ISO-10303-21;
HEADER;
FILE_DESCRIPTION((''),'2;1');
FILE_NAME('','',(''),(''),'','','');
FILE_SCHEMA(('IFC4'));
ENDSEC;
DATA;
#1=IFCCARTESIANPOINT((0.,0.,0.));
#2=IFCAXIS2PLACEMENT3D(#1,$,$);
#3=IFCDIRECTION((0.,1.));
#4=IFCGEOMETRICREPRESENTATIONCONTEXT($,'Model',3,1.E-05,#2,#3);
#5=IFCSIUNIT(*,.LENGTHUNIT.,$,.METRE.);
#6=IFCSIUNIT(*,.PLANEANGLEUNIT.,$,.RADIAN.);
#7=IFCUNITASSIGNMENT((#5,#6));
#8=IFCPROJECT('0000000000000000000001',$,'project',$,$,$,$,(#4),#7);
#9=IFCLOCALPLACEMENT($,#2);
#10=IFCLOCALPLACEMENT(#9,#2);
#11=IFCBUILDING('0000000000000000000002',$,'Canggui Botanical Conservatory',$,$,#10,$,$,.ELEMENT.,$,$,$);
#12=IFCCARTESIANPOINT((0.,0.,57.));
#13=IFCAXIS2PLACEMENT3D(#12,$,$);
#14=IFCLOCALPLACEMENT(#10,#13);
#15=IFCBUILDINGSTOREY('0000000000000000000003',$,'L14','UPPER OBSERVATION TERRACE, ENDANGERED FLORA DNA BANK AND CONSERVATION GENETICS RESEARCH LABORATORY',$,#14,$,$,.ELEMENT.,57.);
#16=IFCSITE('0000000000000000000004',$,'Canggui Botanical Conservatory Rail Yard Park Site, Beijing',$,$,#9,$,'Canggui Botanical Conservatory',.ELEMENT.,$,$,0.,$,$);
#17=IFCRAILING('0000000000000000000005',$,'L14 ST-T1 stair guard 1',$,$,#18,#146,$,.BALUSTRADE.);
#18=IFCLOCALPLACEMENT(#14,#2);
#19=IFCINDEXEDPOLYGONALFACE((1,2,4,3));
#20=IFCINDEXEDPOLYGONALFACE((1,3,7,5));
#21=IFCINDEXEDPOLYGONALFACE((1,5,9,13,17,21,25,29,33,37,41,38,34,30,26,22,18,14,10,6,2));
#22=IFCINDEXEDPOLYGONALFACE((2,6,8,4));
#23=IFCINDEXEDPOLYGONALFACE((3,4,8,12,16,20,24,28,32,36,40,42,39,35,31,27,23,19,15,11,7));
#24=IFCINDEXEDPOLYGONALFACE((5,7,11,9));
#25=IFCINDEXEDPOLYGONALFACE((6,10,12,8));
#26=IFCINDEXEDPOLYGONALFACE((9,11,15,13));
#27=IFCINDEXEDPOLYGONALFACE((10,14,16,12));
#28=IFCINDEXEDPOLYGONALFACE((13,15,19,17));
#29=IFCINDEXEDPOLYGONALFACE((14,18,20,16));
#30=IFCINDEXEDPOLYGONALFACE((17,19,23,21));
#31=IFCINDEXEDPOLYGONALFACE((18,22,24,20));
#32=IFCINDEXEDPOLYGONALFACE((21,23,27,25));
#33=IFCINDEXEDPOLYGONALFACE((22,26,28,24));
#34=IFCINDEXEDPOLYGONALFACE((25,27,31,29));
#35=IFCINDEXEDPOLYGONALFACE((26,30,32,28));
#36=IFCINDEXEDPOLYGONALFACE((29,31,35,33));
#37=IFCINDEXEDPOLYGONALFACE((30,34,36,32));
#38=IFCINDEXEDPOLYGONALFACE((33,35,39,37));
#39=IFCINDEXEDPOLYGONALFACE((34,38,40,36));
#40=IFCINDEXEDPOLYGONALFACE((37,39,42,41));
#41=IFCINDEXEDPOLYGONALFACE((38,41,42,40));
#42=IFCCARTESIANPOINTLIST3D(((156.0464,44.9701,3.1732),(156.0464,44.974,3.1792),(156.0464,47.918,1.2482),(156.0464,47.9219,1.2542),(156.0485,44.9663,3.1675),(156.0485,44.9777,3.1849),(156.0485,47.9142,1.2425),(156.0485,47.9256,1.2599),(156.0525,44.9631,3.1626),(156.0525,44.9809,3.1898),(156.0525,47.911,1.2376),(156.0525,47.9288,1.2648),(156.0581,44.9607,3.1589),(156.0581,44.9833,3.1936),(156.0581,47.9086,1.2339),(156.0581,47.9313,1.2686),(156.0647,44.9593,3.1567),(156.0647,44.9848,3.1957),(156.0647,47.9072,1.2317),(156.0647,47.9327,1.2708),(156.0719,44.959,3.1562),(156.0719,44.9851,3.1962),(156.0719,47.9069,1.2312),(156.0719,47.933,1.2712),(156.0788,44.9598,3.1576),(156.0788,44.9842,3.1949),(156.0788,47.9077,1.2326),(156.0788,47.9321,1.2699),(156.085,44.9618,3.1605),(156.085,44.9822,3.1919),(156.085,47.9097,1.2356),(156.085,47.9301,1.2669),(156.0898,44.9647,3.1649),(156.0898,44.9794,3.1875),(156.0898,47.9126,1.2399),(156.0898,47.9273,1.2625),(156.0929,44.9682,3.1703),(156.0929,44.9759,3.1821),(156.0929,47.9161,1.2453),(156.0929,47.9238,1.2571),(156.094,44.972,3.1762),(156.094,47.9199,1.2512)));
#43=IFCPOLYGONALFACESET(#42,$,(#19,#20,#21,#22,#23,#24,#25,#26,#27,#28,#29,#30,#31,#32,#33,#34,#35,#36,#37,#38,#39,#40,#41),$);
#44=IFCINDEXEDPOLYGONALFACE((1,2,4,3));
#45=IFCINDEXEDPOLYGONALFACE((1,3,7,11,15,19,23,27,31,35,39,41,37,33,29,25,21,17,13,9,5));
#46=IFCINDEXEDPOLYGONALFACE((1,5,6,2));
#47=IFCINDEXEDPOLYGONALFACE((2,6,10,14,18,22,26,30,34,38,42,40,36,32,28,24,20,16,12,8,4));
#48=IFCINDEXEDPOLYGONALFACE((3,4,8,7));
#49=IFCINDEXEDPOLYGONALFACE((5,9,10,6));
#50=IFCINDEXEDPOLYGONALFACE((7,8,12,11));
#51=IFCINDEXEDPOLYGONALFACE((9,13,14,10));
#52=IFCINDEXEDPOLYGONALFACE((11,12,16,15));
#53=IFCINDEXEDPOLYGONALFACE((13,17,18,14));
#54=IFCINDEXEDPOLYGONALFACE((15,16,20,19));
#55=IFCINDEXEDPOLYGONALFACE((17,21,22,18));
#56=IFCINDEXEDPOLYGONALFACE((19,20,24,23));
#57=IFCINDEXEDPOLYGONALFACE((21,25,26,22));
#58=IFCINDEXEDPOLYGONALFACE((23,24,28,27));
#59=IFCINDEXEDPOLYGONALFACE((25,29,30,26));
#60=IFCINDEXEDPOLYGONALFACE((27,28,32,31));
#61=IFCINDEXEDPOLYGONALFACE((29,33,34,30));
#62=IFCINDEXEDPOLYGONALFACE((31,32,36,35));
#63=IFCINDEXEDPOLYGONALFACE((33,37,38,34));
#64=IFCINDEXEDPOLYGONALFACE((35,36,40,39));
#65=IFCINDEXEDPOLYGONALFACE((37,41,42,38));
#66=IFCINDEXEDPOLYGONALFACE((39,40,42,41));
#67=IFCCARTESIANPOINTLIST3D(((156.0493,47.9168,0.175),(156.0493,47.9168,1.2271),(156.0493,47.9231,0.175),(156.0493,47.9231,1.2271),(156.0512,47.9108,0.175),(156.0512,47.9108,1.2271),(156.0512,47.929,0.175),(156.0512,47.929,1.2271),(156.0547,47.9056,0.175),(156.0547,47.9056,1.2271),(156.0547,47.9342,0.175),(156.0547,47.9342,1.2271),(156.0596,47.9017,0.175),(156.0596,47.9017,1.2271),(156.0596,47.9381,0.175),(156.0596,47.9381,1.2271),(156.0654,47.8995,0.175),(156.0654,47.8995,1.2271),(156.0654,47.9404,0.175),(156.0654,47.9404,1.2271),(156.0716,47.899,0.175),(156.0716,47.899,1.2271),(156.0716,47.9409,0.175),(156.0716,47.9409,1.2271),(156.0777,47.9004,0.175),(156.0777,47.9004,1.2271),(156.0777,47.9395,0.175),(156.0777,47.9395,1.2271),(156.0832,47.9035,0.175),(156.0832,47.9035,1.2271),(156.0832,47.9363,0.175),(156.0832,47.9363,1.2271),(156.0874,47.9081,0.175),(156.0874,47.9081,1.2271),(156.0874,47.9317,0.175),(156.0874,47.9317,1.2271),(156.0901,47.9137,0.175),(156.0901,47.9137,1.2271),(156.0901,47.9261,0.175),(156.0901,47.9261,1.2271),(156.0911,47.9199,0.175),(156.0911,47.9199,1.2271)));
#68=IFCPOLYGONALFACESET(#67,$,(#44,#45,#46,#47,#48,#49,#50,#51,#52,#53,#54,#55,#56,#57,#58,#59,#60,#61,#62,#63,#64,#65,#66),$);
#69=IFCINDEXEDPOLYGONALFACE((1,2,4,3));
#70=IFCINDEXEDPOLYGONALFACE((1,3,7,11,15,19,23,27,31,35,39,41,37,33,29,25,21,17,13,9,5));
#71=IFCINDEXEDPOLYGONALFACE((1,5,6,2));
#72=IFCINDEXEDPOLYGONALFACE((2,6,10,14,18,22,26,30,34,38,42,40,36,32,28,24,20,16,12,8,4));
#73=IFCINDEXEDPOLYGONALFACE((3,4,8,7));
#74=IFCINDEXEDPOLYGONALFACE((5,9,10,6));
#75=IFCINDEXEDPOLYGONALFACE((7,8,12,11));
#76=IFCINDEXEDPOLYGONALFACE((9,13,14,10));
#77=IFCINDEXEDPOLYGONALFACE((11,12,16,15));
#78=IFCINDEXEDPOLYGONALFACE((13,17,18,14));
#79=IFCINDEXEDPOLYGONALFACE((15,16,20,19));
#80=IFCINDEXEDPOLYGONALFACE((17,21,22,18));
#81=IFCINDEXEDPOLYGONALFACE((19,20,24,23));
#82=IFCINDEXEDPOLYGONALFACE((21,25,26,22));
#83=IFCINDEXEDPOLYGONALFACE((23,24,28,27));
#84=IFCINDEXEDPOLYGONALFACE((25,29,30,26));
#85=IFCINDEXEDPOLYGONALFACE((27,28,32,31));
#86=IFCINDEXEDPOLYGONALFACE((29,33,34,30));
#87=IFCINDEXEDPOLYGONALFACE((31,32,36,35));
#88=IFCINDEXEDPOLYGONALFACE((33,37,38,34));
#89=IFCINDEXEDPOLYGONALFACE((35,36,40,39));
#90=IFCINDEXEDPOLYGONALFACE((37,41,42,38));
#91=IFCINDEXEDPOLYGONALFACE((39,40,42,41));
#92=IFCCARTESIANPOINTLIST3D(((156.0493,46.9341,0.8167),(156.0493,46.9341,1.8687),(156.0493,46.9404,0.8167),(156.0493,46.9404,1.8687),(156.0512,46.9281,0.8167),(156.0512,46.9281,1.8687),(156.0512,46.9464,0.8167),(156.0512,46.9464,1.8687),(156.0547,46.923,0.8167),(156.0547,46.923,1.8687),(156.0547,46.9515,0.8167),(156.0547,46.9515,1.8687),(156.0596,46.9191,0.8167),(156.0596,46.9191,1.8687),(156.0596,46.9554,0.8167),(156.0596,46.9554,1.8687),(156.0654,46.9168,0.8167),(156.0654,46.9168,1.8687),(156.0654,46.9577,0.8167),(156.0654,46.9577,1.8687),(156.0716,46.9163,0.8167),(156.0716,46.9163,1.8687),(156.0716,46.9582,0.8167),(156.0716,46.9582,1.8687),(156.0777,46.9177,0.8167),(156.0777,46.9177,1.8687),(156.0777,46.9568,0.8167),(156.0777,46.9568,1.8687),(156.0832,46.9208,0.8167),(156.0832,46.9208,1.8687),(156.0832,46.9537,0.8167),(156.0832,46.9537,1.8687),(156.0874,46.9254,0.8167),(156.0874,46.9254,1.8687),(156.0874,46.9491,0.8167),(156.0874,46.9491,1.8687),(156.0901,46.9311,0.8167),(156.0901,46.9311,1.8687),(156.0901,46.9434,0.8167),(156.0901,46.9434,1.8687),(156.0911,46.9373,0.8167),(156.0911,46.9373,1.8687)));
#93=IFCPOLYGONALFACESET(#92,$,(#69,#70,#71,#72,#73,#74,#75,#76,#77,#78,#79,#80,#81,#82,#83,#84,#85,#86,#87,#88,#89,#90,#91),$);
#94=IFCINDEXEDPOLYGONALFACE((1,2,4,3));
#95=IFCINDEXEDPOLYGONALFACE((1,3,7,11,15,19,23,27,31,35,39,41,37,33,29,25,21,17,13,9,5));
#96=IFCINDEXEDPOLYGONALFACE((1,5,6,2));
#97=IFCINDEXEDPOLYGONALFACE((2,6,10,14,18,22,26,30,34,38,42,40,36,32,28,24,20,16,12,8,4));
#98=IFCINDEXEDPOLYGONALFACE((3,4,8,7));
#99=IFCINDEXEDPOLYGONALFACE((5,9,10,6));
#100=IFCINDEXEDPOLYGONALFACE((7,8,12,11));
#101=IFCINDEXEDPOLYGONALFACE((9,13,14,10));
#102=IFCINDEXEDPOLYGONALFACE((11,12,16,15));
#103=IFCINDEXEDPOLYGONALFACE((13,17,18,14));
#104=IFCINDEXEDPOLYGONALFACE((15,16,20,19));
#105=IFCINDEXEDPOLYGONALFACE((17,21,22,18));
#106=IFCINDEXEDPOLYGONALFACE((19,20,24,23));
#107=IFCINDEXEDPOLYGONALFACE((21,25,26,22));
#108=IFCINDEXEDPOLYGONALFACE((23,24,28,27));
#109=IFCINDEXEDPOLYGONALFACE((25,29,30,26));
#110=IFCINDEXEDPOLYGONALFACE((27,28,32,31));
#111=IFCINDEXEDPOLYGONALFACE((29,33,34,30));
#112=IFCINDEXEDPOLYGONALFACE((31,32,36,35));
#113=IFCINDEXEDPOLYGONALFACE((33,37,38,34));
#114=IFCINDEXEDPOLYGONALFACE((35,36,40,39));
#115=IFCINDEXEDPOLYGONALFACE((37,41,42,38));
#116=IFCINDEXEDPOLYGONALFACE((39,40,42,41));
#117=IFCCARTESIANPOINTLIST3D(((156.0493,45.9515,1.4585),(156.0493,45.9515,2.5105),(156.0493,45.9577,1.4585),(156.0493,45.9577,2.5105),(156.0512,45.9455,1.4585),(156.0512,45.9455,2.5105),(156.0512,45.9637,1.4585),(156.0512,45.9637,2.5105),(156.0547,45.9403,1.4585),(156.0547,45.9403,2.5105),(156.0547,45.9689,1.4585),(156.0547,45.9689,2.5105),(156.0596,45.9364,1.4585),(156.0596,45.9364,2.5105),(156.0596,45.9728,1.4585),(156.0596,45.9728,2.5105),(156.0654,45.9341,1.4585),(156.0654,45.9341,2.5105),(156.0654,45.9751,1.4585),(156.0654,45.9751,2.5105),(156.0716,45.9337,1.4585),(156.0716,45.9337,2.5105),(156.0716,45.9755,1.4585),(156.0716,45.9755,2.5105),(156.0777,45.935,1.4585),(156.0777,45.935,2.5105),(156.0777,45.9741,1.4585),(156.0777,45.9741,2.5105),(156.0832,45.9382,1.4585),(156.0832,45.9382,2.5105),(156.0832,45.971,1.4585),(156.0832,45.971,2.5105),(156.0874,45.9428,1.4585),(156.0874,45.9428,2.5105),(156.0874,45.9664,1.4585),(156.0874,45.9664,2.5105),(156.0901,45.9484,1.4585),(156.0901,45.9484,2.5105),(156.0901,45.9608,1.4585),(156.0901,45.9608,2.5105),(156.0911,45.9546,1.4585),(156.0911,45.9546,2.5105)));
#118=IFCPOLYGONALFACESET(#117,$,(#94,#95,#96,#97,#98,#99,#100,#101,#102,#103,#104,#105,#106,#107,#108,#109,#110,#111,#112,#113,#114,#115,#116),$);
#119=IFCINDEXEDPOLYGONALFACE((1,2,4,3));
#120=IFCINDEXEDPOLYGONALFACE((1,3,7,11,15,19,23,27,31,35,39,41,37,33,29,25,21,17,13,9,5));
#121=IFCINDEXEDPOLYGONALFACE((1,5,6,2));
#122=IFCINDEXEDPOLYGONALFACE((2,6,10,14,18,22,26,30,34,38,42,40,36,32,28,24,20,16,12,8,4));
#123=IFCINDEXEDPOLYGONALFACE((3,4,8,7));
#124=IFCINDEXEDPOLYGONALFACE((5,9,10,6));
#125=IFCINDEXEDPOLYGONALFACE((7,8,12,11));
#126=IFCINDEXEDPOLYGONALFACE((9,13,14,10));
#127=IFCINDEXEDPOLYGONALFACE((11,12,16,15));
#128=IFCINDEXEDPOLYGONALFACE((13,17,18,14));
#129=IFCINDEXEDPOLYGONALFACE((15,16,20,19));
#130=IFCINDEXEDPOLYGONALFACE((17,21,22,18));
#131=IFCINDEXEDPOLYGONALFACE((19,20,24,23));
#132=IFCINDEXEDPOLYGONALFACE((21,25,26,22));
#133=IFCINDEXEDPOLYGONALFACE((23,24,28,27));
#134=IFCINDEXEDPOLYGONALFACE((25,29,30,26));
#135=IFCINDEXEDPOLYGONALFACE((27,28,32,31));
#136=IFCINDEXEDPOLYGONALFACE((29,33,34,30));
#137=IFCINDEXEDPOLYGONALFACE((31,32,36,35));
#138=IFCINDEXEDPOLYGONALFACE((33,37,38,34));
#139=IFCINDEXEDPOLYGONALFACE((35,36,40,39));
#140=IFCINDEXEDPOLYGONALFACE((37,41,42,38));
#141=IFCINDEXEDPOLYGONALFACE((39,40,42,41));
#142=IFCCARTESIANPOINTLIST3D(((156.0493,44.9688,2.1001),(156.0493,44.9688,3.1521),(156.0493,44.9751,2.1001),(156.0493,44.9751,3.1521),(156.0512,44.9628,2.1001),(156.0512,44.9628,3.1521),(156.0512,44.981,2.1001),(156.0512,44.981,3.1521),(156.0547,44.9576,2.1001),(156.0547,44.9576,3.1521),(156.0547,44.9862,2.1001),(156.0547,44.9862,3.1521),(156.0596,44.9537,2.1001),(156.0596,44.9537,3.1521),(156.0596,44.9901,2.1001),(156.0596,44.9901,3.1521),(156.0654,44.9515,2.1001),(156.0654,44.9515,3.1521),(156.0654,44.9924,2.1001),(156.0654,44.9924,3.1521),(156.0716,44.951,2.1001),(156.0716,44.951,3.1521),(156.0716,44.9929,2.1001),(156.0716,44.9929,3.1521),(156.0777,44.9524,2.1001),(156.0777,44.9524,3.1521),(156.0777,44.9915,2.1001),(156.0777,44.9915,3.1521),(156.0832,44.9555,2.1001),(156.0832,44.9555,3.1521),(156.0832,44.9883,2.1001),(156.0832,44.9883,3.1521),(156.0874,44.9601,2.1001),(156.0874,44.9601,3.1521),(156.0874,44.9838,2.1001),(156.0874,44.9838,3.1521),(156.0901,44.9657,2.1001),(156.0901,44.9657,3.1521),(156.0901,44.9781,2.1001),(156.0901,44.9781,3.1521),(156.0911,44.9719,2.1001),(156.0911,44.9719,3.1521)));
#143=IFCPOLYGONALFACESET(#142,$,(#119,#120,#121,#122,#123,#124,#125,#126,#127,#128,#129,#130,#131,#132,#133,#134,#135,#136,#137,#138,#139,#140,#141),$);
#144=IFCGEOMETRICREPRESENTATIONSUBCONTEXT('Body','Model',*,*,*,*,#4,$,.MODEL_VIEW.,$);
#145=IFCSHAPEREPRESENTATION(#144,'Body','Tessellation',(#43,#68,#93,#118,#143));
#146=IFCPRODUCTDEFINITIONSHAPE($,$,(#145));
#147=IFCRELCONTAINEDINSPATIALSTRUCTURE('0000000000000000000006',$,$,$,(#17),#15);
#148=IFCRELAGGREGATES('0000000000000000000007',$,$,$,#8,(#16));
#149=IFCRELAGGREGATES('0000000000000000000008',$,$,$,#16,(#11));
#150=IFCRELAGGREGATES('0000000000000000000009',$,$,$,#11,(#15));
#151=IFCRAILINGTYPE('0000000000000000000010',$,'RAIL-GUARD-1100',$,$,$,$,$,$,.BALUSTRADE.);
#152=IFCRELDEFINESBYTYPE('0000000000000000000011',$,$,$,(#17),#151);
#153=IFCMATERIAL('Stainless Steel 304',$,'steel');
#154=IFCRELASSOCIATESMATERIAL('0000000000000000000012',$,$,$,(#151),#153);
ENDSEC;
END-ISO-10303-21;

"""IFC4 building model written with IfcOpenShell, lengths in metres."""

from ifc_helpers import new_model, si_unit, direction, frame, origin, origin_2d, place, context, subcontext, project, spatial, circle, extrude, material, type_object, element, save


model = new_model("IFC4")

# Units and contexts
model_context = context("Model", 3, precision=1e-05, world=origin(), true_north=direction((0.0, 1.0)))
body_context = subcontext(model_context, "Body", "Model", "MODEL_VIEW")
ifc_project = project(units=[si_unit("LENGTHUNIT", "METRE"), si_unit("PLANEANGLEUNIT", "RADIAN")], contexts=[model_context])

# Site, building, storey
site_placement = place(None, origin())
site = spatial("IfcSite", under=ifc_project, at=site_placement, Name="Canggui Botanical Conservatory Rail Yard Park Site, Beijing", LongName="Canggui Botanical Conservatory", CompositionType="ELEMENT", RefElevation=0.0)
building_placement = place(site_placement, origin())
building = spatial("IfcBuilding", under=site, at=building_placement, Name="Canggui Botanical Conservatory", CompositionType="ELEMENT")
storey_placement = place(building_placement, frame((0.0, 0.0, 57.0)))
storey = spatial("IfcBuildingStorey", under=building, at=storey_placement, Name="L14", Description="UPPER OBSERVATION TERRACE, ENDANGERED FLORA DNA BANK AND CONSERVATION GENETICS RESEARCH LABORATORY", CompositionType="ELEMENT", Elevation=57.0)

# Shared definitions
ifc_material_1 = material(Name="Stainless Steel 304", Category="steel")

# Railing
railing_type_1 = type_object("IfcRailingType", Name="RAIL-GUARD-1100", PredefinedType="BALUSTRADE", material=ifc_material_1)
railing_1_placement = place(storey_placement, frame((156.0701, 47.9199, 0.175)))
element("IfcRailing", 1, at=railing_1_placement, inside=storey, type_object=railing_type_1, Name="L14 ST-T1 stair guard 1", PredefinedType="BALUSTRADE", context=body_context, shape_type="SweptSolid", body=[
    extrude(circle(Radius=0.0239, at=origin_2d()), frame((0.0, 0.0, 1.0762), z_axis=(0.0, -0.837293, 0.546754), x_axis=(1.0, 0.0, 0.0)), (0.0, 0.0, 1.0), 3.5208),
    extrude(circle(Radius=0.021, at=origin_2d()), origin(), (0.0, 0.0, 1.0), 1.052),
    extrude(circle(Radius=0.021, at=origin_2d()), frame((0.0, -0.9827, 0.6416)), (0.0, 0.0, 1.0), 1.052),
    extrude(circle(Radius=0.021, at=origin_2d()), frame((0.0, -1.9653, 1.2834)), (0.0, 0.0, 1.0), 1.052),
    extrude(circle(Radius=0.021, at=origin_2d()), frame((0.0, -2.948, 1.925)), (0.0, 0.0, 1.0), 1.052),
])

save(model, "model.ifc")
